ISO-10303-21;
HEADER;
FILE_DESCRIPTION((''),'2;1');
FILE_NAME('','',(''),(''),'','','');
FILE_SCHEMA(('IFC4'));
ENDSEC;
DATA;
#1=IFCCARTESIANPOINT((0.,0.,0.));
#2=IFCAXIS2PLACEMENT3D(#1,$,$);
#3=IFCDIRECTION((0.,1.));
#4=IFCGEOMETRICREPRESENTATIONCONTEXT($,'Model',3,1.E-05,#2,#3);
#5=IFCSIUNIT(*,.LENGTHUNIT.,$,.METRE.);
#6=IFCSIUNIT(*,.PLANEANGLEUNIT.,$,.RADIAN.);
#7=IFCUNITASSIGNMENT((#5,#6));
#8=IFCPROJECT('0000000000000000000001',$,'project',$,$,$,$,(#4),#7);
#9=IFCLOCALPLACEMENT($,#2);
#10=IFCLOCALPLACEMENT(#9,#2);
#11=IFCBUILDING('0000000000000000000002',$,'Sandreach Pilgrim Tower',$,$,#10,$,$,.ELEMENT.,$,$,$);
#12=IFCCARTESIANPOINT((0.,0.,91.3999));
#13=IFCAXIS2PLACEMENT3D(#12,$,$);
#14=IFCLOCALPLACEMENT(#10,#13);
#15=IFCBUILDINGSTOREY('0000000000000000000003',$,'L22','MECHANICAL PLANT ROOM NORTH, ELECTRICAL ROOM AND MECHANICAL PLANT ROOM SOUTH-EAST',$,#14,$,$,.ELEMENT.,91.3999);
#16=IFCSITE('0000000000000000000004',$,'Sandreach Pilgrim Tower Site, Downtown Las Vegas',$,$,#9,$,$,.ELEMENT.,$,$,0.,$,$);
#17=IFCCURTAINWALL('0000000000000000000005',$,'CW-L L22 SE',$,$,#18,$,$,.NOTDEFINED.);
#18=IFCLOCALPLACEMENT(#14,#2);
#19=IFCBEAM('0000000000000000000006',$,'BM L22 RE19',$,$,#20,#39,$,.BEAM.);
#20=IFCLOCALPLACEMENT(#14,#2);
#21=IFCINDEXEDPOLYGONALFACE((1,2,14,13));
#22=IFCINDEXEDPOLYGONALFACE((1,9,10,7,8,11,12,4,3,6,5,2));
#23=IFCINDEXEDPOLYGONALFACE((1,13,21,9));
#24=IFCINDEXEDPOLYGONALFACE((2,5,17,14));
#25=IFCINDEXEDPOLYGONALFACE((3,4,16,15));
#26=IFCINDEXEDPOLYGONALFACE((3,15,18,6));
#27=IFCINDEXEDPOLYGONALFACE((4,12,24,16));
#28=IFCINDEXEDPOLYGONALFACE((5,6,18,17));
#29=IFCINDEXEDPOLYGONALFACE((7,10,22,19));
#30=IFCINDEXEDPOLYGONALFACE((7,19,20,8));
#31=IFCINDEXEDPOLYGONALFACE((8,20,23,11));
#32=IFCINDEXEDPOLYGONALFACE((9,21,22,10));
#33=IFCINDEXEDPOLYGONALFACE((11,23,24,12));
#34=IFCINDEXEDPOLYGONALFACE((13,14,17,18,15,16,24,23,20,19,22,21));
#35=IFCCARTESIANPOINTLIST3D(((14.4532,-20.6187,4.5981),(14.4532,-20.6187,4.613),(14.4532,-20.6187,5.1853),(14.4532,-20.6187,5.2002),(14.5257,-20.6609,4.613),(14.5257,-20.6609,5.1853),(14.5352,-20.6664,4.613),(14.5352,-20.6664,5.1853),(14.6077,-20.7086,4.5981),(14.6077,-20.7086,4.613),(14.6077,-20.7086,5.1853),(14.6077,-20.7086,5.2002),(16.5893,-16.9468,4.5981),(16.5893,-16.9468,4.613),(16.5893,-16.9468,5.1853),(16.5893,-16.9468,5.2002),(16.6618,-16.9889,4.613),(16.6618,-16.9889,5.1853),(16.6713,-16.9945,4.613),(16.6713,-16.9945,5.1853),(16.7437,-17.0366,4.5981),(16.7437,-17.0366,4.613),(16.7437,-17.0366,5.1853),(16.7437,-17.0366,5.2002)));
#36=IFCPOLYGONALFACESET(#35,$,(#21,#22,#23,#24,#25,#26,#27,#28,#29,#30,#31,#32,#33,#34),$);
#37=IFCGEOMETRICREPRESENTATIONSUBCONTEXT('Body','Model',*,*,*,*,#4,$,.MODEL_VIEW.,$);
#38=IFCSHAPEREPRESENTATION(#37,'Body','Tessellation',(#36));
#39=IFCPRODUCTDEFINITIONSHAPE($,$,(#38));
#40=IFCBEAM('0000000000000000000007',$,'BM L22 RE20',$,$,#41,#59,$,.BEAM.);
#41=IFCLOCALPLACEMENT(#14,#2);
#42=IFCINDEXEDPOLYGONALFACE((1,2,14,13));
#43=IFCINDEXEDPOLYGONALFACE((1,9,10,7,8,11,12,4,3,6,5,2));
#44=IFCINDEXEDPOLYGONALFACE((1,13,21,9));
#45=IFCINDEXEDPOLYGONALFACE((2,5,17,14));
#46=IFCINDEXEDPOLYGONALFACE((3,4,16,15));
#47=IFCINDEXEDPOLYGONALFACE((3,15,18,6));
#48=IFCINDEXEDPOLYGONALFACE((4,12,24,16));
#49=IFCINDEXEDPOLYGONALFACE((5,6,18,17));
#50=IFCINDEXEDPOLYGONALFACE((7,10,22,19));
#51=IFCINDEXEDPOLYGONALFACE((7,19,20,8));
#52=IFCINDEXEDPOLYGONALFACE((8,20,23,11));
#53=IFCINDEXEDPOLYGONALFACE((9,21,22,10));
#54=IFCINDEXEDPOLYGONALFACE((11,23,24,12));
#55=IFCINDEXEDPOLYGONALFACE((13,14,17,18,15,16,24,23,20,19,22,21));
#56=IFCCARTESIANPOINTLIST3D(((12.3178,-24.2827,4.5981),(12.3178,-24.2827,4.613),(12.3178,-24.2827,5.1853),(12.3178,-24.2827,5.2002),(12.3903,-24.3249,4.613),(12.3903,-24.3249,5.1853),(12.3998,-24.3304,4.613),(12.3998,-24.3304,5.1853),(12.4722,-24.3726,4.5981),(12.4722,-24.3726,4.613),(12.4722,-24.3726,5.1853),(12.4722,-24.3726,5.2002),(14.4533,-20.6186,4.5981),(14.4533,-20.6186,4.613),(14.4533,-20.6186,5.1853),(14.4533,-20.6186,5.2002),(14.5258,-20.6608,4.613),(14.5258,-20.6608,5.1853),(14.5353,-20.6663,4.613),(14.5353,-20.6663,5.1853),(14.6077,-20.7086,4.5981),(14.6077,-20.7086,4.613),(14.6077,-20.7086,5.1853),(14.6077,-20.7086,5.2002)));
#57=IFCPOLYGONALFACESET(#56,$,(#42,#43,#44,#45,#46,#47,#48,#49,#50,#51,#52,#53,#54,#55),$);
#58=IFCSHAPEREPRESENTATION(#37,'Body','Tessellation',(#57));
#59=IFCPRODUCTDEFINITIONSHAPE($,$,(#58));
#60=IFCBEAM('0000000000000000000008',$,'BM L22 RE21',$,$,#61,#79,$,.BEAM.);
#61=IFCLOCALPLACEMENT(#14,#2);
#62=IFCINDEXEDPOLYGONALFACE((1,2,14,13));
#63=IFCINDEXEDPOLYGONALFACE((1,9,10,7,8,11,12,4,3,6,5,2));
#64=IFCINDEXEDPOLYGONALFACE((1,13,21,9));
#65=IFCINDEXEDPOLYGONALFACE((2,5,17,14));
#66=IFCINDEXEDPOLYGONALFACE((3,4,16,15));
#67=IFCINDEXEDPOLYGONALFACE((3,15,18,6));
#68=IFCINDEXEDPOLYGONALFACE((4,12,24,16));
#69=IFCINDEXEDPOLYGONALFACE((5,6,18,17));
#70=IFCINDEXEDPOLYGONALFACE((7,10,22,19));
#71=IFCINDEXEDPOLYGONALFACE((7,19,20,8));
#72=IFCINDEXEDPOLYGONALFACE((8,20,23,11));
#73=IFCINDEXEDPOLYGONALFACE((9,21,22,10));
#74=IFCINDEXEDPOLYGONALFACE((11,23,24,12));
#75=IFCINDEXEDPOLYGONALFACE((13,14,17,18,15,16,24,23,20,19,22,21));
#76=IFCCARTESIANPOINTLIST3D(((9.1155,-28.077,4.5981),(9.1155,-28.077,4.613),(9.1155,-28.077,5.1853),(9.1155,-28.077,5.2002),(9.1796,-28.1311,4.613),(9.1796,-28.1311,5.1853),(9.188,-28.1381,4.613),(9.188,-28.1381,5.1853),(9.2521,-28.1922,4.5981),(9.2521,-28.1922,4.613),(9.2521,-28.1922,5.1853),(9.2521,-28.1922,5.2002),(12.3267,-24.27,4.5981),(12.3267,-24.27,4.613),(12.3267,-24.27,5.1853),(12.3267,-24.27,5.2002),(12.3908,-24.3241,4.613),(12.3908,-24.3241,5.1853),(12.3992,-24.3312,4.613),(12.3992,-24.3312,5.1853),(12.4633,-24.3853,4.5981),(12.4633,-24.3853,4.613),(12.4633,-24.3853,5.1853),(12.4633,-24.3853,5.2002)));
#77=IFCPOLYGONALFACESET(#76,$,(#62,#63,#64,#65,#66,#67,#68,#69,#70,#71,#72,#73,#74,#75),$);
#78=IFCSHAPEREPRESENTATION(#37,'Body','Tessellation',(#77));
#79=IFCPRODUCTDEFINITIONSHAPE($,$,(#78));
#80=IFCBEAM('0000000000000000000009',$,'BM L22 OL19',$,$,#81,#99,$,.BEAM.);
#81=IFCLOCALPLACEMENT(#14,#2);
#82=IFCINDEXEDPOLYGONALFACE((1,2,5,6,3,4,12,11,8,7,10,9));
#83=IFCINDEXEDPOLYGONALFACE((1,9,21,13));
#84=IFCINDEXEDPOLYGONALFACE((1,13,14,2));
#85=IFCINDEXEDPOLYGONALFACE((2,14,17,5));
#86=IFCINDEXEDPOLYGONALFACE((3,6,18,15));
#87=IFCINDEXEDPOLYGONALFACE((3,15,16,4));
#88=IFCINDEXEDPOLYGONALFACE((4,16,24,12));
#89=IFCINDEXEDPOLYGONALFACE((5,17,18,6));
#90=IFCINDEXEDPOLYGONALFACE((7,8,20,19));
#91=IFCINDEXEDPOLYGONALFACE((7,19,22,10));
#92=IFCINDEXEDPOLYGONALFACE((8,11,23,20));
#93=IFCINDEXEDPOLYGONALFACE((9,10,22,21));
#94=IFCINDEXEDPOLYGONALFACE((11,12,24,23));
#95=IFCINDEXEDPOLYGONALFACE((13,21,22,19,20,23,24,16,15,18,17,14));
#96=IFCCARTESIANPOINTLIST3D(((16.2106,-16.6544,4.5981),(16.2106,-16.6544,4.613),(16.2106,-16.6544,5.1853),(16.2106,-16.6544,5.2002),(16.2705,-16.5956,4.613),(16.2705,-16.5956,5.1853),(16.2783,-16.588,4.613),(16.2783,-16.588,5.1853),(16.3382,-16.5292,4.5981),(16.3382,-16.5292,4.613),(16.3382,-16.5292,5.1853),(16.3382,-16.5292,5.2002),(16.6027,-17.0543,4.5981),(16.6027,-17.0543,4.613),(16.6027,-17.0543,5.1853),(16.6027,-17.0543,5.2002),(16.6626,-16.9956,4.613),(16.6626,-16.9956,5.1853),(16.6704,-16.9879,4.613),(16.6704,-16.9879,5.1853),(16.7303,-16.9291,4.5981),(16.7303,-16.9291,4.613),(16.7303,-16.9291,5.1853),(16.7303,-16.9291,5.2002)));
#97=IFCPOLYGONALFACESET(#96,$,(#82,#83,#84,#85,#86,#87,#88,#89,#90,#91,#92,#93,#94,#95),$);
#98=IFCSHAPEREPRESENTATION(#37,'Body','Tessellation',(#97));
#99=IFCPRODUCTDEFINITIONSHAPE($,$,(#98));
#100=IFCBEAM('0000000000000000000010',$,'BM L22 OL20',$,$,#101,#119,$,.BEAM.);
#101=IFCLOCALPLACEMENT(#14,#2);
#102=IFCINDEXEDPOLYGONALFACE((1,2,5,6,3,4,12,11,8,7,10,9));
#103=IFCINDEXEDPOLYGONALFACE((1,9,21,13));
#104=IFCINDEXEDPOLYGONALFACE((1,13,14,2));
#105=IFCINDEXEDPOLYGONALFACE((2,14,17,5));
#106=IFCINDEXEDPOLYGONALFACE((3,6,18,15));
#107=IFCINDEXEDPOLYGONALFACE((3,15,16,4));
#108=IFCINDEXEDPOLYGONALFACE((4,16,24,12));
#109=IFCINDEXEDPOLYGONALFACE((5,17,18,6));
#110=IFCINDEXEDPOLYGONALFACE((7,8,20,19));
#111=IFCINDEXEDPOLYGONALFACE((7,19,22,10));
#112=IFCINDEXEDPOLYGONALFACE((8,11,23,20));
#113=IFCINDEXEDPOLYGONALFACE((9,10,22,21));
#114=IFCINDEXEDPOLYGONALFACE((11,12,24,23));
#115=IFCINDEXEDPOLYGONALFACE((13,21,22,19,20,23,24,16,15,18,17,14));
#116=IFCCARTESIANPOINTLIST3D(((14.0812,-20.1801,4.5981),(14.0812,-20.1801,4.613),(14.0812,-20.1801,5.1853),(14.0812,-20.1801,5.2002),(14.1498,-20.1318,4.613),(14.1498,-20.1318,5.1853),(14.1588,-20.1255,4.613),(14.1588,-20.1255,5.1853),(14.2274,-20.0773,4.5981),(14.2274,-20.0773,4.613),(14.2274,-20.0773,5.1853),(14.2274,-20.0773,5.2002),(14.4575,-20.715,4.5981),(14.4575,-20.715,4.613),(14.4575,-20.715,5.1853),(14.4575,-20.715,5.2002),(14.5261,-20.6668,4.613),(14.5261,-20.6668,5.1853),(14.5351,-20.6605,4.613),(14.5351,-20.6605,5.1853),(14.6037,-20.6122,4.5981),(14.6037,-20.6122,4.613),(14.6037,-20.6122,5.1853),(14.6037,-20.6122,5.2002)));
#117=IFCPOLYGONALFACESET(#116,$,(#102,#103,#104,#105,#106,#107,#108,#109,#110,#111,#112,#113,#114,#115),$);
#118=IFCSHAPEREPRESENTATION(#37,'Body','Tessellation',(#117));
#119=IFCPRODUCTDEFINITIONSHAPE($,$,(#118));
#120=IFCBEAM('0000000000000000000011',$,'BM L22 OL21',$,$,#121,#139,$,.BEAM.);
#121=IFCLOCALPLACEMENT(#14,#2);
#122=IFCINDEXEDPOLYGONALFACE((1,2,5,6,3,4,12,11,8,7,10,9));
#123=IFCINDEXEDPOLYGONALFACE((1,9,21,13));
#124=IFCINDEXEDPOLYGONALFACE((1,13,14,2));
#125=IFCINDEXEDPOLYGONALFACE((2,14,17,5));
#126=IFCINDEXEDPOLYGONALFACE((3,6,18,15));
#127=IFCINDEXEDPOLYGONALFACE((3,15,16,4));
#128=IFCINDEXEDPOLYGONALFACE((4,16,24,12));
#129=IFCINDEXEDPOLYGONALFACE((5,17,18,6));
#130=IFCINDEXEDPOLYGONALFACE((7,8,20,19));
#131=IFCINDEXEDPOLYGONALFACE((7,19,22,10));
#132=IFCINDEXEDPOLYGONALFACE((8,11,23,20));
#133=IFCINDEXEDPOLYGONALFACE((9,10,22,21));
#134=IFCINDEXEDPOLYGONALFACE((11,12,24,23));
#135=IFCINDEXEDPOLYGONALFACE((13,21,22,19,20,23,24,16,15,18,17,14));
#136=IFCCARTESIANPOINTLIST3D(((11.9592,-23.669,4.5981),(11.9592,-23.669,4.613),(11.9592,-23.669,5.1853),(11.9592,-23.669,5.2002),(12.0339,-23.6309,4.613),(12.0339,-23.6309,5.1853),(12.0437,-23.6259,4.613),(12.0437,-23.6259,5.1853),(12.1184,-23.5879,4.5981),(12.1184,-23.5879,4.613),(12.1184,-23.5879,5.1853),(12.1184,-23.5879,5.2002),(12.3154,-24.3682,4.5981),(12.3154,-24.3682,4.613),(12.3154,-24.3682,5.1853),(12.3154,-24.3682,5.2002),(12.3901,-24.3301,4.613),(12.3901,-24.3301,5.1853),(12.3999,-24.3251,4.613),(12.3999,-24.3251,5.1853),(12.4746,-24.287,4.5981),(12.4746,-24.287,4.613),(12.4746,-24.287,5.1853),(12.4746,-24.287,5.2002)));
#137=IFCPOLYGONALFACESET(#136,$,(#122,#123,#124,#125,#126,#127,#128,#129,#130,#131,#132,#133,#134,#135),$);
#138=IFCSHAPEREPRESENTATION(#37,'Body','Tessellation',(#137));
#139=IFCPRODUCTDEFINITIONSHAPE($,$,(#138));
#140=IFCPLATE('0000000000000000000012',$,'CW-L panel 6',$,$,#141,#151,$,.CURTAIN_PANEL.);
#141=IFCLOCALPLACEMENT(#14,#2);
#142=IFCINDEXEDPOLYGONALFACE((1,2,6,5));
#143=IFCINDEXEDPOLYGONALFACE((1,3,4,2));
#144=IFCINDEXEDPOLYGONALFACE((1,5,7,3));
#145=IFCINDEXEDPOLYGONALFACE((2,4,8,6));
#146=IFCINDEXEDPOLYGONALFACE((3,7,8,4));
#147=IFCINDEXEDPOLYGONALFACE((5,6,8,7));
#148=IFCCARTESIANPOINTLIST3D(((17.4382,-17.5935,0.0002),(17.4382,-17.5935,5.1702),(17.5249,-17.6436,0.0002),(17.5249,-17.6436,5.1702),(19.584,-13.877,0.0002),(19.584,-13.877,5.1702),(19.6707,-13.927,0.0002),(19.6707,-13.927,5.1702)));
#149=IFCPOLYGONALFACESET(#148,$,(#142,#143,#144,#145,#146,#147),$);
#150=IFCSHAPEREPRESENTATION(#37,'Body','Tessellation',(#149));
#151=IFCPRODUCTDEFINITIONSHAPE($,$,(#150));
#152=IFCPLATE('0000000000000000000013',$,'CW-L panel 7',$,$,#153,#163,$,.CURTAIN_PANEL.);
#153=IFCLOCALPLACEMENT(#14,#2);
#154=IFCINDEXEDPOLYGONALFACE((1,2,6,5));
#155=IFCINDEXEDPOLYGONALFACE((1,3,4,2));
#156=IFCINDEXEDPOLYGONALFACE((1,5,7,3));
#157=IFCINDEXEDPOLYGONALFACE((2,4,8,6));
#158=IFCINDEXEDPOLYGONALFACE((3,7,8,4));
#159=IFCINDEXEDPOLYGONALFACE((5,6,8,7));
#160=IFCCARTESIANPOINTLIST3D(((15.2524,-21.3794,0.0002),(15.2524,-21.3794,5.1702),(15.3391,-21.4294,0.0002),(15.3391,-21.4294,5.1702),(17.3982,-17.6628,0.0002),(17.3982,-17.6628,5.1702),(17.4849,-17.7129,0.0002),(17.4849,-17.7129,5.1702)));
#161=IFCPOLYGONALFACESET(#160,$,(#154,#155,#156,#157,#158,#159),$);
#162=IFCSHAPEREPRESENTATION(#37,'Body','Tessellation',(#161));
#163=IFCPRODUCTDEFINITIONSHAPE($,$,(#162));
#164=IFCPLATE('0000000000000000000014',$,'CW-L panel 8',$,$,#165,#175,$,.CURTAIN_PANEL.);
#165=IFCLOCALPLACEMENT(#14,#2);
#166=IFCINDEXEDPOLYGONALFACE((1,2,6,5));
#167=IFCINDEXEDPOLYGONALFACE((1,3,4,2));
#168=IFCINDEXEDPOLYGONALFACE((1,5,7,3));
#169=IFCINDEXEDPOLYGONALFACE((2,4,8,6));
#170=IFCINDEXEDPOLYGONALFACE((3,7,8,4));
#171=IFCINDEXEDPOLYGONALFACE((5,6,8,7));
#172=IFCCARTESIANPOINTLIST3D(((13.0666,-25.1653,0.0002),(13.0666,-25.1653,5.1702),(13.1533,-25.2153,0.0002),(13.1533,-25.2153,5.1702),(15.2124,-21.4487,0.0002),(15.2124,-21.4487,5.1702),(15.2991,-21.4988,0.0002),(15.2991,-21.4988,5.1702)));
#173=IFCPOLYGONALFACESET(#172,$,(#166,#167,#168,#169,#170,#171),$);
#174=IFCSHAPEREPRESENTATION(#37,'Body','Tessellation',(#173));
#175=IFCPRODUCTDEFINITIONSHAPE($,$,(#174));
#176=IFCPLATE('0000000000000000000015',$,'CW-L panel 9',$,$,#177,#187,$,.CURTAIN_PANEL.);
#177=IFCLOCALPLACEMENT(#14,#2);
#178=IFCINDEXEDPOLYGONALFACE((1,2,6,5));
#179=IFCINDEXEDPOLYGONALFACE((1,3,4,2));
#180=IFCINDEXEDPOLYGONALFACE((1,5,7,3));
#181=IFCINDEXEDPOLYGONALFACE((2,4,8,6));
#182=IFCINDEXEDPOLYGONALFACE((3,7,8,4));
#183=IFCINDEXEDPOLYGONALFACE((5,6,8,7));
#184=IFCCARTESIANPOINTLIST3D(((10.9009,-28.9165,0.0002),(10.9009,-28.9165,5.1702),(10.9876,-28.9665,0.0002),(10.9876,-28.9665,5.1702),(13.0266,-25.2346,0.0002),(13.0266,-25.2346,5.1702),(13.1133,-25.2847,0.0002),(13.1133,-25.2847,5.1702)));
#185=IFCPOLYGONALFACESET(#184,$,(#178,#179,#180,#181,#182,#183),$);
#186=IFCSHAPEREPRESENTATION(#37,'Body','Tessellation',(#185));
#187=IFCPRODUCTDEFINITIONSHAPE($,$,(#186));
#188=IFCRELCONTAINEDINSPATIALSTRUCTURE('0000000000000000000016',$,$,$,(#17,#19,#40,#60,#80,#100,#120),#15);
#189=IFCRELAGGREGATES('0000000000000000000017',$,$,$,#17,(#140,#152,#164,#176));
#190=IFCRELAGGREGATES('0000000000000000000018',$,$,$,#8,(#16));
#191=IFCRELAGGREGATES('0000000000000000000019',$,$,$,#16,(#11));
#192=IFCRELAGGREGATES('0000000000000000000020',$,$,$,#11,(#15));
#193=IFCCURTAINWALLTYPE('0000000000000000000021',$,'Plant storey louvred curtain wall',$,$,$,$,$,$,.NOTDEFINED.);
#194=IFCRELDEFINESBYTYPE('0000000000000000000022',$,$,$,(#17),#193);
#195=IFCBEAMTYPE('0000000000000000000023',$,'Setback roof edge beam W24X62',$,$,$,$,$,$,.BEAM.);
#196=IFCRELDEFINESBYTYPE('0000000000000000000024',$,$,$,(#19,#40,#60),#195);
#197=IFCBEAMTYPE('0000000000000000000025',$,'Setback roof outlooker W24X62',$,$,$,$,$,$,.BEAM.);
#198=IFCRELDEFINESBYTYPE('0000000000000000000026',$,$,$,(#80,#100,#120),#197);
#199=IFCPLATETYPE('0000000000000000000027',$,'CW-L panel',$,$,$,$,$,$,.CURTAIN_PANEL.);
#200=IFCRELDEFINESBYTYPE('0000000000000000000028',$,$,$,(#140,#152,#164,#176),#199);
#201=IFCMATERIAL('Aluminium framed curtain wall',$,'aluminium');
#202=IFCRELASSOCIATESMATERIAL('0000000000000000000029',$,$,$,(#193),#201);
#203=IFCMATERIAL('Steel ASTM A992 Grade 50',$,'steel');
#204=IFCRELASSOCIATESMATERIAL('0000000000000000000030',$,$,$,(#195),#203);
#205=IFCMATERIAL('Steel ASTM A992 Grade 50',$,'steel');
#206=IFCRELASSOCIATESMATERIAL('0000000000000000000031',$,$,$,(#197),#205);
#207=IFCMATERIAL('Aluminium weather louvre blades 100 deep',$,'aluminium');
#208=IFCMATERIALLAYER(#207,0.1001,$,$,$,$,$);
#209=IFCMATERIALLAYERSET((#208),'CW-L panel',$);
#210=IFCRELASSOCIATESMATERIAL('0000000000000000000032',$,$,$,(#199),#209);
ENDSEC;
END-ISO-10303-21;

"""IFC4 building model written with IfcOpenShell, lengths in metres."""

from ifc_helpers import new_model, si_unit, direction, frame, origin, origin_2d, place, context, subcontext, project, spatial, rectangle, i_section, extrude, material, layer, layer_set, material_profile, profile_set, type_object, element, aggregate, save


model = new_model("IFC4")

# Units and contexts
model_context = context("Model", 3, precision=1e-05, world=origin(), true_north=direction((0.0, 1.0)))
body_context = subcontext(model_context, "Body", "Model", "MODEL_VIEW")
ifc_project = project(units=[si_unit("LENGTHUNIT", "METRE"), si_unit("PLANEANGLEUNIT", "RADIAN")], contexts=[model_context])

# Site, building, storey
site_placement = place(None, origin())
site = spatial("IfcSite", under=ifc_project, at=site_placement, Name="Sandreach Pilgrim Tower Site, Downtown Las Vegas", CompositionType="ELEMENT", RefElevation=0.0)
building_placement = place(site_placement, origin())
building = spatial("IfcBuilding", under=site, at=building_placement, Name="Sandreach Pilgrim Tower", CompositionType="ELEMENT")
storey_placement = place(building_placement, frame((0.0, 0.0, 91.3999)))
storey = spatial("IfcBuildingStorey", under=building, at=storey_placement, Name="L22", Description="MECHANICAL PLANT ROOM NORTH, ELECTRICAL ROOM AND MECHANICAL PLANT ROOM SOUTH-EAST", CompositionType="ELEMENT", Elevation=91.3999)

# Curtain wall
ifc_material_1 = material(Name="Aluminium framed curtain wall", Category="aluminium")
curtain_wall_type = type_object("IfcCurtainWallType", Name="Plant storey louvred curtain wall", PredefinedType="NOTDEFINED", material=ifc_material_1)
curtain_wall_placement = place(storey_placement, origin())
curtain_wall = element("IfcCurtainWall", 1, at=curtain_wall_placement, inside=storey, type_object=curtain_wall_type, Name="CW-L L22 SE", PredefinedType="NOTDEFINED")

# Beams
ifc_material_2 = material(Name="Steel ASTM A992 Grade 50", Category="steel")
ifc_material_profile_1 = material_profile(ifc_material_2, i_section(OverallWidth=0.1787, OverallDepth=0.6021, WebThickness=0.011, FlangeThickness=0.0149, at=origin_2d()), Name="W24X62")
ifc_profile_set_1 = profile_set([ifc_material_profile_1], Name="Steel ASTM A992 Grade 50")
beam_type_1 = type_object("IfcBeamType", Name="Setback roof edge beam W24X62", PredefinedType="BEAM", material=ifc_profile_set_1)
beam_1_placement = place(storey_placement, frame((16.6665, -16.9917, 4.8992), z_axis=(-0.502827, -0.864387, 0.0), x_axis=(0.864387, -0.502827, 0.0)))
element("IfcBeam", 2, at=beam_1_placement, inside=storey, type_object=beam_type_1, Name="BM L22 RE19", PredefinedType="BEAM", context=body_context, shape_type="SweptSolid", body=[
    extrude(i_section(OverallWidth=0.1787, OverallDepth=0.6021, WebThickness=0.011, FlangeThickness=0.0149, at=origin_2d()), origin(), (0.0, 0.0, 1.0), 4.248),
])
beam_2_placement = place(storey_placement, frame((14.5305, -20.6636, 4.8992), z_axis=(-0.503542, -0.863971, 0.0), x_axis=(0.863971, -0.503542, 0.0)))
element("IfcBeam", 3, at=beam_2_placement, inside=storey, type_object=beam_type_1, Name="BM L22 RE20", PredefinedType="BEAM", context=body_context, shape_type="SweptSolid", body=[
    extrude(i_section(OverallWidth=0.1787, OverallDepth=0.6021, WebThickness=0.011, FlangeThickness=0.0149, at=origin_2d()), origin(), (0.0, 0.0, 1.0), 4.241),
])
beam_3_placement = place(storey_placement, frame((12.395, -24.3276, 4.8992), z_axis=(-0.644768, -0.764378, 0.0), x_axis=(0.764378, -0.644768, 0.0)))
element("IfcBeam", 4, at=beam_3_placement, inside=storey, type_object=beam_type_1, Name="BM L22 RE21", PredefinedType="BEAM", context=body_context, shape_type="SweptSolid", body=[
    extrude(i_section(OverallWidth=0.1787, OverallDepth=0.6021, WebThickness=0.011, FlangeThickness=0.0149, at=origin_2d()), origin(), (0.0, 0.0, 1.0), 4.9805),
])
ifc_material_3 = material(Name="Steel ASTM A992 Grade 50", Category="steel")
ifc_material_profile_2 = material_profile(ifc_material_3, i_section(OverallWidth=0.1787, OverallDepth=0.6021, WebThickness=0.011, FlangeThickness=0.0149, at=origin_2d()), Name="W24X62")
ifc_profile_set_2 = profile_set([ifc_material_profile_2], Name="Steel ASTM A992 Grade 50")
beam_type_2 = type_object("IfcBeamType", Name="Setback roof outlooker W24X62", PredefinedType="BEAM", material=ifc_profile_set_2)
beam_4_placement = place(storey_placement, frame((16.2744, -16.5918, 4.8992), z_axis=(0.700098, -0.714047, 0.0), x_axis=(0.714047, 0.700098, 0.0)))
element("IfcBeam", 5, at=beam_4_placement, inside=storey, type_object=beam_type_2, Name="BM L22 OL19", PredefinedType="BEAM", context=body_context, shape_type="SweptSolid", body=[
    extrude(i_section(OverallWidth=0.1787, OverallDepth=0.6021, WebThickness=0.011, FlangeThickness=0.0149, at=origin_2d()), origin(), (0.0, 0.0, 1.0), 0.5601),
])
beam_5_placement = place(storey_placement, frame((14.1543, -20.1287, 4.8992), z_axis=(0.57529, -0.81795, 0.0), x_axis=(0.81795, 0.57529, 0.0)))
element("IfcBeam", 6, at=beam_5_placement, inside=storey, type_object=beam_type_2, Name="BM L22 OL20", PredefinedType="BEAM", context=body_context, shape_type="SweptSolid", body=[
    extrude(i_section(OverallWidth=0.1787, OverallDepth=0.6021, WebThickness=0.011, FlangeThickness=0.0149, at=origin_2d()), origin(), (0.0, 0.0, 1.0), 0.6541),
])
beam_6_placement = place(storey_placement, frame((12.0388, -23.6284, 4.8992), z_axis=(0.453921, -0.891042, 0.0), x_axis=(0.891042, 0.453921, 0.0)))
element("IfcBeam", 7, at=beam_6_placement, inside=storey, type_object=beam_type_2, Name="BM L22 OL21", PredefinedType="BEAM", context=body_context, shape_type="SweptSolid", body=[
    extrude(i_section(OverallWidth=0.1787, OverallDepth=0.6021, WebThickness=0.011, FlangeThickness=0.0149, at=origin_2d()), origin(), (0.0, 0.0, 1.0), 0.7847),
])

# Plates
ifc_material_4 = material(Name="Aluminium weather louvre blades 100 deep", Category="aluminium")
ifc_layer = layer(ifc_material_4, 0.1001)
ifc_layer_set = layer_set([ifc_layer], Name="CW-L panel")
plate_type = type_object("IfcPlateType", Name="CW-L panel", PredefinedType="CURTAIN_PANEL", material=ifc_layer_set)
plate_1_placement = place(storey_placement, frame((18.5544, -15.7603, 0.0002), z_axis=(0.0, 0.0, 1.0), x_axis=(-0.5, -0.866025, 0.0)))
plate_1 = element("IfcPlate", 8, at=plate_1_placement, type_object=plate_type, Name="CW-L panel 6", PredefinedType="CURTAIN_PANEL", context=body_context, shape_type="SweptSolid", body=[
    extrude(rectangle(XDim=4.2915, YDim=0.1001, at=origin_2d()), origin(), (0.0, 0.0, 1.0), 5.1699),
])
plate_2_placement = place(storey_placement, frame((16.3687, -19.5461, 0.0002), z_axis=(0.0, 0.0, 1.0), x_axis=(-0.5, -0.866025, 0.0)))
plate_2 = element("IfcPlate", 9, at=plate_2_placement, type_object=plate_type, Name="CW-L panel 7", PredefinedType="CURTAIN_PANEL", context=body_context, shape_type="SweptSolid", body=[
    extrude(rectangle(XDim=4.2915, YDim=0.1001, at=origin_2d()), origin(), (0.0, 0.0, 1.0), 5.1699),
])
plate_3_placement = place(storey_placement, frame((14.1829, -23.332, 0.0002), z_axis=(0.0, 0.0, 1.0), x_axis=(-0.5, -0.866025, 0.0)))
plate_3 = element("IfcPlate", 10, at=plate_3_placement, type_object=plate_type, Name="CW-L panel 8", PredefinedType="CURTAIN_PANEL", context=body_context, shape_type="SweptSolid", body=[
    extrude(rectangle(XDim=4.2915, YDim=0.1001, at=origin_2d()), origin(), (0.0, 0.0, 1.0), 5.1699),
])
plate_4_placement = place(storey_placement, frame((12.0071, -27.1006, 0.0002), z_axis=(0.0, 0.0, 1.0), x_axis=(-0.5, -0.866025, 0.0)))
plate_4 = element("IfcPlate", 11, at=plate_4_placement, type_object=plate_type, Name="CW-L panel 9", PredefinedType="CURTAIN_PANEL", context=body_context, shape_type="SweptSolid", body=[
    extrude(rectangle(XDim=4.2515, YDim=0.1001, at=origin_2d()), origin(), (0.0, 0.0, 1.0), 5.1699),
])
aggregate(curtain_wall, [plate_1, plate_2, plate_3, plate_4])

save(model, "model.ifc")
